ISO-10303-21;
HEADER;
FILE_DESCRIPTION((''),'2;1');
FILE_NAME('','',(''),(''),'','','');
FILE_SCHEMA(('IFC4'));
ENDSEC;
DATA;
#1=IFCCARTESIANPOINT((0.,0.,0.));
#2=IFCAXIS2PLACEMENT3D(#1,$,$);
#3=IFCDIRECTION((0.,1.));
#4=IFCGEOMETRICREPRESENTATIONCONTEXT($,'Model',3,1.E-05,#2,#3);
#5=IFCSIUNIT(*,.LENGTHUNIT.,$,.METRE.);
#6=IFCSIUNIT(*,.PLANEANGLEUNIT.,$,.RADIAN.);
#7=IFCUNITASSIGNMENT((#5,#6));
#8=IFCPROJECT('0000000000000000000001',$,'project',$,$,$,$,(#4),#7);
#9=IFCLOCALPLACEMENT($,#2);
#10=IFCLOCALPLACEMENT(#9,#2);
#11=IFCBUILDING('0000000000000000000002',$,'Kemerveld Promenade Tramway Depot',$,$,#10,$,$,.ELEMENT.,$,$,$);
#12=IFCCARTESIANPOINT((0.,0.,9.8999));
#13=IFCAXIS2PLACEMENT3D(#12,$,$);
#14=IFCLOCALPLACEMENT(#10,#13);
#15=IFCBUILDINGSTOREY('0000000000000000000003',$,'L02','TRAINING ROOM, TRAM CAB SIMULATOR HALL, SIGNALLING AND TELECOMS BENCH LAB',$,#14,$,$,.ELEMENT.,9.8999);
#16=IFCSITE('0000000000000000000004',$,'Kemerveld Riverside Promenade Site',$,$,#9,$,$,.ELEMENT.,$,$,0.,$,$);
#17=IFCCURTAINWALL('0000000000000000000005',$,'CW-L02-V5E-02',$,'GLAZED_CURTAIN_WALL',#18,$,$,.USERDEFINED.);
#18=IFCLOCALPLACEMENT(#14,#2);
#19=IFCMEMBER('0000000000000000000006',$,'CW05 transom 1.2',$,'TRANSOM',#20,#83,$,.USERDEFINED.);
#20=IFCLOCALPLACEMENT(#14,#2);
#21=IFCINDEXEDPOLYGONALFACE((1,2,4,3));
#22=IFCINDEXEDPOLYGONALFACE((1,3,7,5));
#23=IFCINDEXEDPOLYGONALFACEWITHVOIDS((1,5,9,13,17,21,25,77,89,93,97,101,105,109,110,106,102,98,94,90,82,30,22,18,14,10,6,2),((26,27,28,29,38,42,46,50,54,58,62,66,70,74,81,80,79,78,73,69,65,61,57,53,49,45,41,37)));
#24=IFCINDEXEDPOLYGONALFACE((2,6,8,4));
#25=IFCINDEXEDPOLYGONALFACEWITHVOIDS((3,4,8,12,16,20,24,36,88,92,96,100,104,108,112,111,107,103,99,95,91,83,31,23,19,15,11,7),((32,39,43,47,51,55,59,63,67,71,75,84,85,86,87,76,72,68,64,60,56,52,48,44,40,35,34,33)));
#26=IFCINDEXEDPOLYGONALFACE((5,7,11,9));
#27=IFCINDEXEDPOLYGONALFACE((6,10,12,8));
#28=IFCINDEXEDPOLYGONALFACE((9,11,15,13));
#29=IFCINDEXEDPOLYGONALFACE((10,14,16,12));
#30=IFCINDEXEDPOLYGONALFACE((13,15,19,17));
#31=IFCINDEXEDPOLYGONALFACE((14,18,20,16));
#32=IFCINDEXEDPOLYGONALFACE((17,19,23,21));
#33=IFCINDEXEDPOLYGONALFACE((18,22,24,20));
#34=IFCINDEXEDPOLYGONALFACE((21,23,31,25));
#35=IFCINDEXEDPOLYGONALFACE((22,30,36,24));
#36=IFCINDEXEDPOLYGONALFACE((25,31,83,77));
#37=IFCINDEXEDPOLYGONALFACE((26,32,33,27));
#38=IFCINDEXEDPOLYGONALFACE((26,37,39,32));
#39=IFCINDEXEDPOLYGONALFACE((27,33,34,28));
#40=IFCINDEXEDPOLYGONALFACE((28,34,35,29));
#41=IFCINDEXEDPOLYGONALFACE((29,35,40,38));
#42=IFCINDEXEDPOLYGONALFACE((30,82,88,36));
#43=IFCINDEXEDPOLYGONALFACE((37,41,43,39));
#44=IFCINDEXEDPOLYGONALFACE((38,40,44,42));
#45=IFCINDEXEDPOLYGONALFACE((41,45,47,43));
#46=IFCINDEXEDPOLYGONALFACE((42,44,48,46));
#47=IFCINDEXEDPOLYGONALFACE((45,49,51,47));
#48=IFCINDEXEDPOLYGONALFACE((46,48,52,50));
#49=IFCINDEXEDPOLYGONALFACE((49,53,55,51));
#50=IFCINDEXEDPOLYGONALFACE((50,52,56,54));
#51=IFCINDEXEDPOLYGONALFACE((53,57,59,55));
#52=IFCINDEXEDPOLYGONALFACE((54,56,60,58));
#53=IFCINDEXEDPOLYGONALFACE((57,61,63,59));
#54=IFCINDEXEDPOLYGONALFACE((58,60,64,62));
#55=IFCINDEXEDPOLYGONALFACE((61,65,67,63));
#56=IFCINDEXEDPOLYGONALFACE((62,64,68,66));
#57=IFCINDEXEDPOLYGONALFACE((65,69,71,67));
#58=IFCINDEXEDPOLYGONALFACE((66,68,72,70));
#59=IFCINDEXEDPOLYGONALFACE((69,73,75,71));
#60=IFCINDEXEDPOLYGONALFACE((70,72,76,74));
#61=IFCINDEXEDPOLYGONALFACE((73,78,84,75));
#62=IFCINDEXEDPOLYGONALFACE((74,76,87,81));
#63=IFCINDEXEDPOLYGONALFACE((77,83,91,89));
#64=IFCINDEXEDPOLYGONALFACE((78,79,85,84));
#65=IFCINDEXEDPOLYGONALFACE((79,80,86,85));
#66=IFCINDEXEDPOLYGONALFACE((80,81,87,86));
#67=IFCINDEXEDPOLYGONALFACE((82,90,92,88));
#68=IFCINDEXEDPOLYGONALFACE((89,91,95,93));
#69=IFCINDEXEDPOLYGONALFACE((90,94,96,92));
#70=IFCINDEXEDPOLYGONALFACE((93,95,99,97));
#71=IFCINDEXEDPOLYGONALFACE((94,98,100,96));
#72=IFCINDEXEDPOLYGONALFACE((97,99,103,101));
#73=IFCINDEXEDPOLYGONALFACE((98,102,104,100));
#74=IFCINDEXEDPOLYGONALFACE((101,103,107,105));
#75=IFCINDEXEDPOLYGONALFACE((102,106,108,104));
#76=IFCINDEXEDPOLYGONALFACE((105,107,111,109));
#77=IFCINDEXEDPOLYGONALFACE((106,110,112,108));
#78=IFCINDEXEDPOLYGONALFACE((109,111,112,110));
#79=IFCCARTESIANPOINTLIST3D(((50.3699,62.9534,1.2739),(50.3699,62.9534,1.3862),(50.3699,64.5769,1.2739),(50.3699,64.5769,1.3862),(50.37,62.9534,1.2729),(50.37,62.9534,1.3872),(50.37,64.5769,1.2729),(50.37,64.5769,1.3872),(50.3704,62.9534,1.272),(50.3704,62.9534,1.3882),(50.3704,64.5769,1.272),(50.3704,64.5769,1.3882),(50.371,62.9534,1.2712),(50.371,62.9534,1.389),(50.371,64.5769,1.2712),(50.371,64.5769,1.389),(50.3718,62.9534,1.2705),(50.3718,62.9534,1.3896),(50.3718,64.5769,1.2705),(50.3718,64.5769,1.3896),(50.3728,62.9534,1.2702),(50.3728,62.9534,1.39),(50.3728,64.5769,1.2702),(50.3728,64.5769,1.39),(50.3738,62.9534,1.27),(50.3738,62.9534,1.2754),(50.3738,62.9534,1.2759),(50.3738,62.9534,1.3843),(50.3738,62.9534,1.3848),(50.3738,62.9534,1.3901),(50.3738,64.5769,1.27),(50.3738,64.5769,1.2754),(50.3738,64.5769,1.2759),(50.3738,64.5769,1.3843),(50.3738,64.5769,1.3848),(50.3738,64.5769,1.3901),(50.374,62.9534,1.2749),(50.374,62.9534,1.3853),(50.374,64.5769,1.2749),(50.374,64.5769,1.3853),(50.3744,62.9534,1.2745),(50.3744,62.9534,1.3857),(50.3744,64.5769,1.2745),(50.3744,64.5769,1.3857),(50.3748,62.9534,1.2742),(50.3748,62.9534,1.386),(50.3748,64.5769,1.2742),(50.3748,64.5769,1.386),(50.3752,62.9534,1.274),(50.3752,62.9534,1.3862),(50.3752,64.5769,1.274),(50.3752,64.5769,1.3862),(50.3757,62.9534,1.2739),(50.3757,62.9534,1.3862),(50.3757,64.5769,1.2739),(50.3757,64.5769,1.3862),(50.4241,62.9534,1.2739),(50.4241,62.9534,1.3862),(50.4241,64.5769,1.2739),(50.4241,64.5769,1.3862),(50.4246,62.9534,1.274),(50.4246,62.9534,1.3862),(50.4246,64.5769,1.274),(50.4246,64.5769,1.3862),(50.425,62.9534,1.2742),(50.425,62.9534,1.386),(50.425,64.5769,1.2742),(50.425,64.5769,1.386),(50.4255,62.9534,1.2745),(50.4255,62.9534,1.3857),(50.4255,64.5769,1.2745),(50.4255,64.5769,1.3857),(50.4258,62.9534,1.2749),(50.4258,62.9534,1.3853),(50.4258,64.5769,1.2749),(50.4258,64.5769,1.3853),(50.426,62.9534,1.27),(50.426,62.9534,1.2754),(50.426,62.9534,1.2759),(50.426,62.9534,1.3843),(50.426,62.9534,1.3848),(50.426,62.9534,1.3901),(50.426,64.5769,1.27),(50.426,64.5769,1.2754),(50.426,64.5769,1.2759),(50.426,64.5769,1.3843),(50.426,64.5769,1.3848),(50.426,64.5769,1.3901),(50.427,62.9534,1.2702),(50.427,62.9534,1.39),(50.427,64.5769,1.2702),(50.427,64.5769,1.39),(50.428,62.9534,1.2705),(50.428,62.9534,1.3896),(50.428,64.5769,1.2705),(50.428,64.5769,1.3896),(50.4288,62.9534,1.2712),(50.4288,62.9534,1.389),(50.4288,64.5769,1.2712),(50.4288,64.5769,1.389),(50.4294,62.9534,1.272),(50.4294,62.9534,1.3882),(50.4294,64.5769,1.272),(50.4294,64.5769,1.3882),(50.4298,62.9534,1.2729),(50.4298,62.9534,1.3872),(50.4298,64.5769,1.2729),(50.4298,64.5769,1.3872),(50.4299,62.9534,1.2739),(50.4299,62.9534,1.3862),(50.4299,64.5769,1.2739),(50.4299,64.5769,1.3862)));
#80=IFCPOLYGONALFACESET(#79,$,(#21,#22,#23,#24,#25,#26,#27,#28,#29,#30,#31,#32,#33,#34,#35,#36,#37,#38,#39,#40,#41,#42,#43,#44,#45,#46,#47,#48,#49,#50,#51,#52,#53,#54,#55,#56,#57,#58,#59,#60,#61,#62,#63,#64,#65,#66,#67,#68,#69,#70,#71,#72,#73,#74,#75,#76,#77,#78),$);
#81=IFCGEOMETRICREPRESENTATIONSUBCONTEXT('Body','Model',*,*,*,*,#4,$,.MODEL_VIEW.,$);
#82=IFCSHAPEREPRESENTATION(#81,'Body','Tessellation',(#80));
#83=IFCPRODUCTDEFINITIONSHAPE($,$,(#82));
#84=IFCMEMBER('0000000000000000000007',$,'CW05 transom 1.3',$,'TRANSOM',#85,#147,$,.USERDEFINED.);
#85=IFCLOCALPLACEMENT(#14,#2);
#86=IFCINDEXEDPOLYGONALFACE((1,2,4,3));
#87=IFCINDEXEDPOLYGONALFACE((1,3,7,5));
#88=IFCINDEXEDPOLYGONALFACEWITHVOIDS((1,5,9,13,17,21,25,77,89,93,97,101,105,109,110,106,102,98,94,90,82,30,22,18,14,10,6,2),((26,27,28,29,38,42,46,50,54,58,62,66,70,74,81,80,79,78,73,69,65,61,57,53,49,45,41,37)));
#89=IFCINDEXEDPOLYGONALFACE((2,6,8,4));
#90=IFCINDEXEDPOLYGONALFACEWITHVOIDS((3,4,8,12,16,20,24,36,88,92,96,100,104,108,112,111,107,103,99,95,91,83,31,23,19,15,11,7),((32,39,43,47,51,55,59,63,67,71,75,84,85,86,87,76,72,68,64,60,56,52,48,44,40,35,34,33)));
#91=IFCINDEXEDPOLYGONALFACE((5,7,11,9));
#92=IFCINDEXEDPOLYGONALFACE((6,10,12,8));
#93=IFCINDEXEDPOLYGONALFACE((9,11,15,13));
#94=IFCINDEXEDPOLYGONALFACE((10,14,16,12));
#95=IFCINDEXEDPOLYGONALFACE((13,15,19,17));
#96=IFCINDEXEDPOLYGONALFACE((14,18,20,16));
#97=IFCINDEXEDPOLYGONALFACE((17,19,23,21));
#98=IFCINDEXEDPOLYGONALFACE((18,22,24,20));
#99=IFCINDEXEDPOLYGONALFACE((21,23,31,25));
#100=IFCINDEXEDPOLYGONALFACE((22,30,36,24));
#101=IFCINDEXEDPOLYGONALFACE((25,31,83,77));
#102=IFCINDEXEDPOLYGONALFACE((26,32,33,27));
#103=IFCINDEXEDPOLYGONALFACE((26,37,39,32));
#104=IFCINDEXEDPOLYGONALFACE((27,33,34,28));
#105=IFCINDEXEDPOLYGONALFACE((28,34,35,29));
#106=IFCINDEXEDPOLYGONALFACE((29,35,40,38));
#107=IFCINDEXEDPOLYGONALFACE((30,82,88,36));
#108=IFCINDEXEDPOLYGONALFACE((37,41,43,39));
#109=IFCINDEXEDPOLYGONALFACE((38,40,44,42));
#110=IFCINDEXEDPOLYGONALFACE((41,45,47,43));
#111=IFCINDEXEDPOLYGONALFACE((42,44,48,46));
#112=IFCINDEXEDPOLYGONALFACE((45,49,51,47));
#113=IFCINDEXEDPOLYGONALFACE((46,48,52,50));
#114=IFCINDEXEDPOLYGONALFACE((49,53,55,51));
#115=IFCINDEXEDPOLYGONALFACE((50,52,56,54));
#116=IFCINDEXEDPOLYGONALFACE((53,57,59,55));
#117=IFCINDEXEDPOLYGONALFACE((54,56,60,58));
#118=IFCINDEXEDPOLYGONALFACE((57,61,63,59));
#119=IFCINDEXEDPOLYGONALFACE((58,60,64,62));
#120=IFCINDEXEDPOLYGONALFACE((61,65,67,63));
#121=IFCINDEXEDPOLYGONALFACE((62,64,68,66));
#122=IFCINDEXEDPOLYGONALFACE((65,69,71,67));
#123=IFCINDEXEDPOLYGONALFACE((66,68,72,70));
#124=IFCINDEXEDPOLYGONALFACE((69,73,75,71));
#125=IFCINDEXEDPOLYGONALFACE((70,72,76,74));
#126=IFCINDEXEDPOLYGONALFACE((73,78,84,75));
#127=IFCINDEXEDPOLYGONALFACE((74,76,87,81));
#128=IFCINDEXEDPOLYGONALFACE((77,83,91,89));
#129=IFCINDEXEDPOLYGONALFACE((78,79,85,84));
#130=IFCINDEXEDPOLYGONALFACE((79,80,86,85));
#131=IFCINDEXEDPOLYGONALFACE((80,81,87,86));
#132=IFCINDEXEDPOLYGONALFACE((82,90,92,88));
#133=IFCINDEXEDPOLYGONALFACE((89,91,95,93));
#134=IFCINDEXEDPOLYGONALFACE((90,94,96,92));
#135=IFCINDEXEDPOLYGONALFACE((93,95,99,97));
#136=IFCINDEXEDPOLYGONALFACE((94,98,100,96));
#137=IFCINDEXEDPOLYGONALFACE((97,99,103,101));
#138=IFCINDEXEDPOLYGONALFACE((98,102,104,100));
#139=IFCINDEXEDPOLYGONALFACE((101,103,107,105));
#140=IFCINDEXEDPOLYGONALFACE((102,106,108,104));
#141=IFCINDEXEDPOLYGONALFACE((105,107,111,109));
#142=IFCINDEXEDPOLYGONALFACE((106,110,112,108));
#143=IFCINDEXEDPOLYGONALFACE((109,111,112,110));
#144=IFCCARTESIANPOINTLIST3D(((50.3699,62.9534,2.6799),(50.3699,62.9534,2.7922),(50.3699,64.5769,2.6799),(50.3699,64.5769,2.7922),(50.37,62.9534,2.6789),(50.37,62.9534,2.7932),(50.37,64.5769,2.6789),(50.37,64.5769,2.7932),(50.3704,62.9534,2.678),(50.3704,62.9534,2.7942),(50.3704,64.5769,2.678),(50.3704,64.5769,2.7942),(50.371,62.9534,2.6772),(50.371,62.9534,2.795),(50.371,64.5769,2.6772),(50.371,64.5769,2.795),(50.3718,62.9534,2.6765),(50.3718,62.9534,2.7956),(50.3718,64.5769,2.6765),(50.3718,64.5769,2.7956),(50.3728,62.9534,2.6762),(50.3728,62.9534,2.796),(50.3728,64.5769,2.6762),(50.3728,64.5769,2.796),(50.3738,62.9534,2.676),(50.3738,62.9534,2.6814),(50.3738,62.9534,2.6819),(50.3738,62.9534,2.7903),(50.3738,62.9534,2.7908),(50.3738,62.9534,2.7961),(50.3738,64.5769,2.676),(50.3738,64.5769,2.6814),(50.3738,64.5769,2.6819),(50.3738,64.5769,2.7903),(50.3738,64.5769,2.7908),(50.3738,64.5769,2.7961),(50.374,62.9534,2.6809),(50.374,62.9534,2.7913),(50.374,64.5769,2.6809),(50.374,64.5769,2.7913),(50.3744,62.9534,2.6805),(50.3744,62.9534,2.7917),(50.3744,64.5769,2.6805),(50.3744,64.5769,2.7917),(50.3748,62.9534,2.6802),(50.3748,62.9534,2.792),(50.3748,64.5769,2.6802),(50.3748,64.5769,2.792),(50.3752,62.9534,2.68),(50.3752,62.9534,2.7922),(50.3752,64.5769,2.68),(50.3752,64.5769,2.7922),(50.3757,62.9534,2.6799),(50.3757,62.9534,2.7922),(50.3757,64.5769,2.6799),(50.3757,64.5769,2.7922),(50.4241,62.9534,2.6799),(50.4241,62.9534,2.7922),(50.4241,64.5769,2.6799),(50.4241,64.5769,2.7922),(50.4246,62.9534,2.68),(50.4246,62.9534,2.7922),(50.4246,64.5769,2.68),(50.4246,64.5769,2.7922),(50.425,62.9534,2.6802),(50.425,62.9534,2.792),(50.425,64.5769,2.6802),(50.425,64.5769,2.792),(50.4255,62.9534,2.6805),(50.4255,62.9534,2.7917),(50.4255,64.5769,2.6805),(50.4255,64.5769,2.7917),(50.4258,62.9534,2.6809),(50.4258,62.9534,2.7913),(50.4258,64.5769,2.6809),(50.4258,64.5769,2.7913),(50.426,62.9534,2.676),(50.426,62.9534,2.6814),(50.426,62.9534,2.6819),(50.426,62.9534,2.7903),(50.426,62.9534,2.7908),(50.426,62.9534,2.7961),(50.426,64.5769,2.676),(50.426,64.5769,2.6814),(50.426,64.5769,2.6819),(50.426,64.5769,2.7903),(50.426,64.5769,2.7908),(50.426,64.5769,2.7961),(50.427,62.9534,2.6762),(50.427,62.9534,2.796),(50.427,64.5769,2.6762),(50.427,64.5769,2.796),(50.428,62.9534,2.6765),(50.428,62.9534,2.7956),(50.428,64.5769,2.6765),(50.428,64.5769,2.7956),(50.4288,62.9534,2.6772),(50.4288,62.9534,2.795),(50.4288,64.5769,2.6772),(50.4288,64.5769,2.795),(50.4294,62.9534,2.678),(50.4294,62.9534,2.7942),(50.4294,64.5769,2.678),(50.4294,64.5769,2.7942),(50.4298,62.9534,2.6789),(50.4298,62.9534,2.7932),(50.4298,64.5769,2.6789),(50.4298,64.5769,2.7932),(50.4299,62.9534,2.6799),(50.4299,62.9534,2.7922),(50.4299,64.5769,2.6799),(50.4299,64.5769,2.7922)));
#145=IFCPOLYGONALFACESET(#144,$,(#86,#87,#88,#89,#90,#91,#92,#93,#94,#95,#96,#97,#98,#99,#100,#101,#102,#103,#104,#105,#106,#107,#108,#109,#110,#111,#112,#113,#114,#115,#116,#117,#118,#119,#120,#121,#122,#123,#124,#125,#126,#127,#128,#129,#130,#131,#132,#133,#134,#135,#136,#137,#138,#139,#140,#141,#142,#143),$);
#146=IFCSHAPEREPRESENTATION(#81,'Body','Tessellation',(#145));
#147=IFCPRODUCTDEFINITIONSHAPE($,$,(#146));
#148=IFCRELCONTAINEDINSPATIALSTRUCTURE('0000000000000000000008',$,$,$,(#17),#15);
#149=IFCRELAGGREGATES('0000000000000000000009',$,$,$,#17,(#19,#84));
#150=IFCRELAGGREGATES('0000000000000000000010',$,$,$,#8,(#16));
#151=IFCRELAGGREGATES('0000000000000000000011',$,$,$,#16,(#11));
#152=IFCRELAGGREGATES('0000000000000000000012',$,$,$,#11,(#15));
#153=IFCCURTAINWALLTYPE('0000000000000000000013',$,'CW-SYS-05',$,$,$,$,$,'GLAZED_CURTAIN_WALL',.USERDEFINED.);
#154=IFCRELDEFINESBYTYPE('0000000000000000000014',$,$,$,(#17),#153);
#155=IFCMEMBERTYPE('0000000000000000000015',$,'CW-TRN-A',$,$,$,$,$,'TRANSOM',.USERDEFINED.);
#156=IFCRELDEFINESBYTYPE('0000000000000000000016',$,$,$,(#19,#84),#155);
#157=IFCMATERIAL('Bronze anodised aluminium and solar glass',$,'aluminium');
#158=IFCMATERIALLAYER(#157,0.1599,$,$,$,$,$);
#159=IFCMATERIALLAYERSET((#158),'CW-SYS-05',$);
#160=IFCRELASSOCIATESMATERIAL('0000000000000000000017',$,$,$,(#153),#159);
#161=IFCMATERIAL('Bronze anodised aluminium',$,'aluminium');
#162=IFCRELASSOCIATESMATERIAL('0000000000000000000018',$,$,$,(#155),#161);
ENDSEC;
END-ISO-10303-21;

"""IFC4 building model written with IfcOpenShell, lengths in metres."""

from ifc_helpers import new_model, si_unit, direction, frame, origin, origin_2d, place, context, subcontext, project, spatial, hollow_rectangle, extrude, material, layer, layer_set, material_profile, profile_set, type_object, element, aggregate, save


model = new_model("IFC4")

# Units and contexts
model_context = context("Model", 3, precision=1e-05, world=origin(), true_north=direction((0.0, 1.0)))
body_context = subcontext(model_context, "Body", "Model", "MODEL_VIEW")
ifc_project = project(units=[si_unit("LENGTHUNIT", "METRE"), si_unit("PLANEANGLEUNIT", "RADIAN")], contexts=[model_context])

# Site, building, storey
site_placement = place(None, origin())
site = spatial("IfcSite", under=ifc_project, at=site_placement, Name="Kemerveld Riverside Promenade Site", CompositionType="ELEMENT", RefElevation=0.0)
building_placement = place(site_placement, origin())
building = spatial("IfcBuilding", under=site, at=building_placement, Name="Kemerveld Promenade Tramway Depot", CompositionType="ELEMENT")
storey_placement = place(building_placement, frame((0.0, 0.0, 9.8999)))
storey = spatial("IfcBuildingStorey", under=building, at=storey_placement, Name="L02", Description="TRAINING ROOM, TRAM CAB SIMULATOR HALL, SIGNALLING AND TELECOMS BENCH LAB", CompositionType="ELEMENT", Elevation=9.8999)

# Curtain wall, members
ifc_material_1 = material(Name="Bronze anodised aluminium and solar glass", Category="aluminium")
ifc_layer_1 = layer(ifc_material_1, 0.1599)
ifc_layer_set_1 = layer_set([ifc_layer_1], Name="CW-SYS-05")
curtain_wall_type = type_object("IfcCurtainWallType", Name="CW-SYS-05", ElementType="GLAZED_CURTAIN_WALL", PredefinedType="USERDEFINED", material=ifc_layer_set_1)
curtain_wall_placement = place(storey_placement, origin())
curtain_wall = element("IfcCurtainWall", 1, at=curtain_wall_placement, inside=storey, type_object=curtain_wall_type, Name="CW-L02-V5E-02", ObjectType="GLAZED_CURTAIN_WALL", PredefinedType="USERDEFINED")
ifc_material_2 = material(Name="Bronze anodised aluminium", Category="aluminium")
ifc_material_profile_1 = material_profile(ifc_material_2, hollow_rectangle(XDim=0.0601, YDim=0.1201, WallThickness=0.0039, InnerFilletRadius=0.002, OuterFilletRadius=0.0039, at=origin_2d()), Name="CW-TRN-120x60")
ifc_profile_set_1 = profile_set([ifc_material_profile_1], Name="Bronze anodised aluminium")
member_type_1 = type_object("IfcMemberType", Name="CW-TRN-A", ElementType="TRANSOM", PredefinedType="USERDEFINED", material=ifc_profile_set_1)
member_1_placement = place(storey_placement, frame((50.3999, 64.5769, 1.3301), z_axis=(0.0, -1.0, 0.0), x_axis=(1.0, 0.0, 0.0)))
member_1 = element("IfcMember", 2, at=member_1_placement, type_object=member_type_1, Name="CW05 transom 1.2", ObjectType="TRANSOM", PredefinedType="USERDEFINED", context=body_context, shape_type="SweptSolid", body=[
    extrude(hollow_rectangle(XDim=0.0601, YDim=0.1201, WallThickness=0.0039, InnerFilletRadius=0.002, OuterFilletRadius=0.0039, at=origin_2d()), origin(), (0.0, 0.0, 1.0), 1.6235),
])
member_2_placement = place(storey_placement, frame((50.3999, 64.5769, 2.7361), z_axis=(0.0, -1.0, 0.0), x_axis=(1.0, 0.0, 0.0)))
member_2 = element("IfcMember", 3, at=member_2_placement, type_object=member_type_1, Name="CW05 transom 1.3", ObjectType="TRANSOM", PredefinedType="USERDEFINED", context=body_context, shape_type="SweptSolid", body=[
    extrude(hollow_rectangle(XDim=0.0601, YDim=0.1201, WallThickness=0.0039, InnerFilletRadius=0.002, OuterFilletRadius=0.0039, at=origin_2d()), origin(), (0.0, 0.0, 1.0), 1.6235),
])
aggregate(curtain_wall, [member_1, member_2])

save(model, "model.ifc")
